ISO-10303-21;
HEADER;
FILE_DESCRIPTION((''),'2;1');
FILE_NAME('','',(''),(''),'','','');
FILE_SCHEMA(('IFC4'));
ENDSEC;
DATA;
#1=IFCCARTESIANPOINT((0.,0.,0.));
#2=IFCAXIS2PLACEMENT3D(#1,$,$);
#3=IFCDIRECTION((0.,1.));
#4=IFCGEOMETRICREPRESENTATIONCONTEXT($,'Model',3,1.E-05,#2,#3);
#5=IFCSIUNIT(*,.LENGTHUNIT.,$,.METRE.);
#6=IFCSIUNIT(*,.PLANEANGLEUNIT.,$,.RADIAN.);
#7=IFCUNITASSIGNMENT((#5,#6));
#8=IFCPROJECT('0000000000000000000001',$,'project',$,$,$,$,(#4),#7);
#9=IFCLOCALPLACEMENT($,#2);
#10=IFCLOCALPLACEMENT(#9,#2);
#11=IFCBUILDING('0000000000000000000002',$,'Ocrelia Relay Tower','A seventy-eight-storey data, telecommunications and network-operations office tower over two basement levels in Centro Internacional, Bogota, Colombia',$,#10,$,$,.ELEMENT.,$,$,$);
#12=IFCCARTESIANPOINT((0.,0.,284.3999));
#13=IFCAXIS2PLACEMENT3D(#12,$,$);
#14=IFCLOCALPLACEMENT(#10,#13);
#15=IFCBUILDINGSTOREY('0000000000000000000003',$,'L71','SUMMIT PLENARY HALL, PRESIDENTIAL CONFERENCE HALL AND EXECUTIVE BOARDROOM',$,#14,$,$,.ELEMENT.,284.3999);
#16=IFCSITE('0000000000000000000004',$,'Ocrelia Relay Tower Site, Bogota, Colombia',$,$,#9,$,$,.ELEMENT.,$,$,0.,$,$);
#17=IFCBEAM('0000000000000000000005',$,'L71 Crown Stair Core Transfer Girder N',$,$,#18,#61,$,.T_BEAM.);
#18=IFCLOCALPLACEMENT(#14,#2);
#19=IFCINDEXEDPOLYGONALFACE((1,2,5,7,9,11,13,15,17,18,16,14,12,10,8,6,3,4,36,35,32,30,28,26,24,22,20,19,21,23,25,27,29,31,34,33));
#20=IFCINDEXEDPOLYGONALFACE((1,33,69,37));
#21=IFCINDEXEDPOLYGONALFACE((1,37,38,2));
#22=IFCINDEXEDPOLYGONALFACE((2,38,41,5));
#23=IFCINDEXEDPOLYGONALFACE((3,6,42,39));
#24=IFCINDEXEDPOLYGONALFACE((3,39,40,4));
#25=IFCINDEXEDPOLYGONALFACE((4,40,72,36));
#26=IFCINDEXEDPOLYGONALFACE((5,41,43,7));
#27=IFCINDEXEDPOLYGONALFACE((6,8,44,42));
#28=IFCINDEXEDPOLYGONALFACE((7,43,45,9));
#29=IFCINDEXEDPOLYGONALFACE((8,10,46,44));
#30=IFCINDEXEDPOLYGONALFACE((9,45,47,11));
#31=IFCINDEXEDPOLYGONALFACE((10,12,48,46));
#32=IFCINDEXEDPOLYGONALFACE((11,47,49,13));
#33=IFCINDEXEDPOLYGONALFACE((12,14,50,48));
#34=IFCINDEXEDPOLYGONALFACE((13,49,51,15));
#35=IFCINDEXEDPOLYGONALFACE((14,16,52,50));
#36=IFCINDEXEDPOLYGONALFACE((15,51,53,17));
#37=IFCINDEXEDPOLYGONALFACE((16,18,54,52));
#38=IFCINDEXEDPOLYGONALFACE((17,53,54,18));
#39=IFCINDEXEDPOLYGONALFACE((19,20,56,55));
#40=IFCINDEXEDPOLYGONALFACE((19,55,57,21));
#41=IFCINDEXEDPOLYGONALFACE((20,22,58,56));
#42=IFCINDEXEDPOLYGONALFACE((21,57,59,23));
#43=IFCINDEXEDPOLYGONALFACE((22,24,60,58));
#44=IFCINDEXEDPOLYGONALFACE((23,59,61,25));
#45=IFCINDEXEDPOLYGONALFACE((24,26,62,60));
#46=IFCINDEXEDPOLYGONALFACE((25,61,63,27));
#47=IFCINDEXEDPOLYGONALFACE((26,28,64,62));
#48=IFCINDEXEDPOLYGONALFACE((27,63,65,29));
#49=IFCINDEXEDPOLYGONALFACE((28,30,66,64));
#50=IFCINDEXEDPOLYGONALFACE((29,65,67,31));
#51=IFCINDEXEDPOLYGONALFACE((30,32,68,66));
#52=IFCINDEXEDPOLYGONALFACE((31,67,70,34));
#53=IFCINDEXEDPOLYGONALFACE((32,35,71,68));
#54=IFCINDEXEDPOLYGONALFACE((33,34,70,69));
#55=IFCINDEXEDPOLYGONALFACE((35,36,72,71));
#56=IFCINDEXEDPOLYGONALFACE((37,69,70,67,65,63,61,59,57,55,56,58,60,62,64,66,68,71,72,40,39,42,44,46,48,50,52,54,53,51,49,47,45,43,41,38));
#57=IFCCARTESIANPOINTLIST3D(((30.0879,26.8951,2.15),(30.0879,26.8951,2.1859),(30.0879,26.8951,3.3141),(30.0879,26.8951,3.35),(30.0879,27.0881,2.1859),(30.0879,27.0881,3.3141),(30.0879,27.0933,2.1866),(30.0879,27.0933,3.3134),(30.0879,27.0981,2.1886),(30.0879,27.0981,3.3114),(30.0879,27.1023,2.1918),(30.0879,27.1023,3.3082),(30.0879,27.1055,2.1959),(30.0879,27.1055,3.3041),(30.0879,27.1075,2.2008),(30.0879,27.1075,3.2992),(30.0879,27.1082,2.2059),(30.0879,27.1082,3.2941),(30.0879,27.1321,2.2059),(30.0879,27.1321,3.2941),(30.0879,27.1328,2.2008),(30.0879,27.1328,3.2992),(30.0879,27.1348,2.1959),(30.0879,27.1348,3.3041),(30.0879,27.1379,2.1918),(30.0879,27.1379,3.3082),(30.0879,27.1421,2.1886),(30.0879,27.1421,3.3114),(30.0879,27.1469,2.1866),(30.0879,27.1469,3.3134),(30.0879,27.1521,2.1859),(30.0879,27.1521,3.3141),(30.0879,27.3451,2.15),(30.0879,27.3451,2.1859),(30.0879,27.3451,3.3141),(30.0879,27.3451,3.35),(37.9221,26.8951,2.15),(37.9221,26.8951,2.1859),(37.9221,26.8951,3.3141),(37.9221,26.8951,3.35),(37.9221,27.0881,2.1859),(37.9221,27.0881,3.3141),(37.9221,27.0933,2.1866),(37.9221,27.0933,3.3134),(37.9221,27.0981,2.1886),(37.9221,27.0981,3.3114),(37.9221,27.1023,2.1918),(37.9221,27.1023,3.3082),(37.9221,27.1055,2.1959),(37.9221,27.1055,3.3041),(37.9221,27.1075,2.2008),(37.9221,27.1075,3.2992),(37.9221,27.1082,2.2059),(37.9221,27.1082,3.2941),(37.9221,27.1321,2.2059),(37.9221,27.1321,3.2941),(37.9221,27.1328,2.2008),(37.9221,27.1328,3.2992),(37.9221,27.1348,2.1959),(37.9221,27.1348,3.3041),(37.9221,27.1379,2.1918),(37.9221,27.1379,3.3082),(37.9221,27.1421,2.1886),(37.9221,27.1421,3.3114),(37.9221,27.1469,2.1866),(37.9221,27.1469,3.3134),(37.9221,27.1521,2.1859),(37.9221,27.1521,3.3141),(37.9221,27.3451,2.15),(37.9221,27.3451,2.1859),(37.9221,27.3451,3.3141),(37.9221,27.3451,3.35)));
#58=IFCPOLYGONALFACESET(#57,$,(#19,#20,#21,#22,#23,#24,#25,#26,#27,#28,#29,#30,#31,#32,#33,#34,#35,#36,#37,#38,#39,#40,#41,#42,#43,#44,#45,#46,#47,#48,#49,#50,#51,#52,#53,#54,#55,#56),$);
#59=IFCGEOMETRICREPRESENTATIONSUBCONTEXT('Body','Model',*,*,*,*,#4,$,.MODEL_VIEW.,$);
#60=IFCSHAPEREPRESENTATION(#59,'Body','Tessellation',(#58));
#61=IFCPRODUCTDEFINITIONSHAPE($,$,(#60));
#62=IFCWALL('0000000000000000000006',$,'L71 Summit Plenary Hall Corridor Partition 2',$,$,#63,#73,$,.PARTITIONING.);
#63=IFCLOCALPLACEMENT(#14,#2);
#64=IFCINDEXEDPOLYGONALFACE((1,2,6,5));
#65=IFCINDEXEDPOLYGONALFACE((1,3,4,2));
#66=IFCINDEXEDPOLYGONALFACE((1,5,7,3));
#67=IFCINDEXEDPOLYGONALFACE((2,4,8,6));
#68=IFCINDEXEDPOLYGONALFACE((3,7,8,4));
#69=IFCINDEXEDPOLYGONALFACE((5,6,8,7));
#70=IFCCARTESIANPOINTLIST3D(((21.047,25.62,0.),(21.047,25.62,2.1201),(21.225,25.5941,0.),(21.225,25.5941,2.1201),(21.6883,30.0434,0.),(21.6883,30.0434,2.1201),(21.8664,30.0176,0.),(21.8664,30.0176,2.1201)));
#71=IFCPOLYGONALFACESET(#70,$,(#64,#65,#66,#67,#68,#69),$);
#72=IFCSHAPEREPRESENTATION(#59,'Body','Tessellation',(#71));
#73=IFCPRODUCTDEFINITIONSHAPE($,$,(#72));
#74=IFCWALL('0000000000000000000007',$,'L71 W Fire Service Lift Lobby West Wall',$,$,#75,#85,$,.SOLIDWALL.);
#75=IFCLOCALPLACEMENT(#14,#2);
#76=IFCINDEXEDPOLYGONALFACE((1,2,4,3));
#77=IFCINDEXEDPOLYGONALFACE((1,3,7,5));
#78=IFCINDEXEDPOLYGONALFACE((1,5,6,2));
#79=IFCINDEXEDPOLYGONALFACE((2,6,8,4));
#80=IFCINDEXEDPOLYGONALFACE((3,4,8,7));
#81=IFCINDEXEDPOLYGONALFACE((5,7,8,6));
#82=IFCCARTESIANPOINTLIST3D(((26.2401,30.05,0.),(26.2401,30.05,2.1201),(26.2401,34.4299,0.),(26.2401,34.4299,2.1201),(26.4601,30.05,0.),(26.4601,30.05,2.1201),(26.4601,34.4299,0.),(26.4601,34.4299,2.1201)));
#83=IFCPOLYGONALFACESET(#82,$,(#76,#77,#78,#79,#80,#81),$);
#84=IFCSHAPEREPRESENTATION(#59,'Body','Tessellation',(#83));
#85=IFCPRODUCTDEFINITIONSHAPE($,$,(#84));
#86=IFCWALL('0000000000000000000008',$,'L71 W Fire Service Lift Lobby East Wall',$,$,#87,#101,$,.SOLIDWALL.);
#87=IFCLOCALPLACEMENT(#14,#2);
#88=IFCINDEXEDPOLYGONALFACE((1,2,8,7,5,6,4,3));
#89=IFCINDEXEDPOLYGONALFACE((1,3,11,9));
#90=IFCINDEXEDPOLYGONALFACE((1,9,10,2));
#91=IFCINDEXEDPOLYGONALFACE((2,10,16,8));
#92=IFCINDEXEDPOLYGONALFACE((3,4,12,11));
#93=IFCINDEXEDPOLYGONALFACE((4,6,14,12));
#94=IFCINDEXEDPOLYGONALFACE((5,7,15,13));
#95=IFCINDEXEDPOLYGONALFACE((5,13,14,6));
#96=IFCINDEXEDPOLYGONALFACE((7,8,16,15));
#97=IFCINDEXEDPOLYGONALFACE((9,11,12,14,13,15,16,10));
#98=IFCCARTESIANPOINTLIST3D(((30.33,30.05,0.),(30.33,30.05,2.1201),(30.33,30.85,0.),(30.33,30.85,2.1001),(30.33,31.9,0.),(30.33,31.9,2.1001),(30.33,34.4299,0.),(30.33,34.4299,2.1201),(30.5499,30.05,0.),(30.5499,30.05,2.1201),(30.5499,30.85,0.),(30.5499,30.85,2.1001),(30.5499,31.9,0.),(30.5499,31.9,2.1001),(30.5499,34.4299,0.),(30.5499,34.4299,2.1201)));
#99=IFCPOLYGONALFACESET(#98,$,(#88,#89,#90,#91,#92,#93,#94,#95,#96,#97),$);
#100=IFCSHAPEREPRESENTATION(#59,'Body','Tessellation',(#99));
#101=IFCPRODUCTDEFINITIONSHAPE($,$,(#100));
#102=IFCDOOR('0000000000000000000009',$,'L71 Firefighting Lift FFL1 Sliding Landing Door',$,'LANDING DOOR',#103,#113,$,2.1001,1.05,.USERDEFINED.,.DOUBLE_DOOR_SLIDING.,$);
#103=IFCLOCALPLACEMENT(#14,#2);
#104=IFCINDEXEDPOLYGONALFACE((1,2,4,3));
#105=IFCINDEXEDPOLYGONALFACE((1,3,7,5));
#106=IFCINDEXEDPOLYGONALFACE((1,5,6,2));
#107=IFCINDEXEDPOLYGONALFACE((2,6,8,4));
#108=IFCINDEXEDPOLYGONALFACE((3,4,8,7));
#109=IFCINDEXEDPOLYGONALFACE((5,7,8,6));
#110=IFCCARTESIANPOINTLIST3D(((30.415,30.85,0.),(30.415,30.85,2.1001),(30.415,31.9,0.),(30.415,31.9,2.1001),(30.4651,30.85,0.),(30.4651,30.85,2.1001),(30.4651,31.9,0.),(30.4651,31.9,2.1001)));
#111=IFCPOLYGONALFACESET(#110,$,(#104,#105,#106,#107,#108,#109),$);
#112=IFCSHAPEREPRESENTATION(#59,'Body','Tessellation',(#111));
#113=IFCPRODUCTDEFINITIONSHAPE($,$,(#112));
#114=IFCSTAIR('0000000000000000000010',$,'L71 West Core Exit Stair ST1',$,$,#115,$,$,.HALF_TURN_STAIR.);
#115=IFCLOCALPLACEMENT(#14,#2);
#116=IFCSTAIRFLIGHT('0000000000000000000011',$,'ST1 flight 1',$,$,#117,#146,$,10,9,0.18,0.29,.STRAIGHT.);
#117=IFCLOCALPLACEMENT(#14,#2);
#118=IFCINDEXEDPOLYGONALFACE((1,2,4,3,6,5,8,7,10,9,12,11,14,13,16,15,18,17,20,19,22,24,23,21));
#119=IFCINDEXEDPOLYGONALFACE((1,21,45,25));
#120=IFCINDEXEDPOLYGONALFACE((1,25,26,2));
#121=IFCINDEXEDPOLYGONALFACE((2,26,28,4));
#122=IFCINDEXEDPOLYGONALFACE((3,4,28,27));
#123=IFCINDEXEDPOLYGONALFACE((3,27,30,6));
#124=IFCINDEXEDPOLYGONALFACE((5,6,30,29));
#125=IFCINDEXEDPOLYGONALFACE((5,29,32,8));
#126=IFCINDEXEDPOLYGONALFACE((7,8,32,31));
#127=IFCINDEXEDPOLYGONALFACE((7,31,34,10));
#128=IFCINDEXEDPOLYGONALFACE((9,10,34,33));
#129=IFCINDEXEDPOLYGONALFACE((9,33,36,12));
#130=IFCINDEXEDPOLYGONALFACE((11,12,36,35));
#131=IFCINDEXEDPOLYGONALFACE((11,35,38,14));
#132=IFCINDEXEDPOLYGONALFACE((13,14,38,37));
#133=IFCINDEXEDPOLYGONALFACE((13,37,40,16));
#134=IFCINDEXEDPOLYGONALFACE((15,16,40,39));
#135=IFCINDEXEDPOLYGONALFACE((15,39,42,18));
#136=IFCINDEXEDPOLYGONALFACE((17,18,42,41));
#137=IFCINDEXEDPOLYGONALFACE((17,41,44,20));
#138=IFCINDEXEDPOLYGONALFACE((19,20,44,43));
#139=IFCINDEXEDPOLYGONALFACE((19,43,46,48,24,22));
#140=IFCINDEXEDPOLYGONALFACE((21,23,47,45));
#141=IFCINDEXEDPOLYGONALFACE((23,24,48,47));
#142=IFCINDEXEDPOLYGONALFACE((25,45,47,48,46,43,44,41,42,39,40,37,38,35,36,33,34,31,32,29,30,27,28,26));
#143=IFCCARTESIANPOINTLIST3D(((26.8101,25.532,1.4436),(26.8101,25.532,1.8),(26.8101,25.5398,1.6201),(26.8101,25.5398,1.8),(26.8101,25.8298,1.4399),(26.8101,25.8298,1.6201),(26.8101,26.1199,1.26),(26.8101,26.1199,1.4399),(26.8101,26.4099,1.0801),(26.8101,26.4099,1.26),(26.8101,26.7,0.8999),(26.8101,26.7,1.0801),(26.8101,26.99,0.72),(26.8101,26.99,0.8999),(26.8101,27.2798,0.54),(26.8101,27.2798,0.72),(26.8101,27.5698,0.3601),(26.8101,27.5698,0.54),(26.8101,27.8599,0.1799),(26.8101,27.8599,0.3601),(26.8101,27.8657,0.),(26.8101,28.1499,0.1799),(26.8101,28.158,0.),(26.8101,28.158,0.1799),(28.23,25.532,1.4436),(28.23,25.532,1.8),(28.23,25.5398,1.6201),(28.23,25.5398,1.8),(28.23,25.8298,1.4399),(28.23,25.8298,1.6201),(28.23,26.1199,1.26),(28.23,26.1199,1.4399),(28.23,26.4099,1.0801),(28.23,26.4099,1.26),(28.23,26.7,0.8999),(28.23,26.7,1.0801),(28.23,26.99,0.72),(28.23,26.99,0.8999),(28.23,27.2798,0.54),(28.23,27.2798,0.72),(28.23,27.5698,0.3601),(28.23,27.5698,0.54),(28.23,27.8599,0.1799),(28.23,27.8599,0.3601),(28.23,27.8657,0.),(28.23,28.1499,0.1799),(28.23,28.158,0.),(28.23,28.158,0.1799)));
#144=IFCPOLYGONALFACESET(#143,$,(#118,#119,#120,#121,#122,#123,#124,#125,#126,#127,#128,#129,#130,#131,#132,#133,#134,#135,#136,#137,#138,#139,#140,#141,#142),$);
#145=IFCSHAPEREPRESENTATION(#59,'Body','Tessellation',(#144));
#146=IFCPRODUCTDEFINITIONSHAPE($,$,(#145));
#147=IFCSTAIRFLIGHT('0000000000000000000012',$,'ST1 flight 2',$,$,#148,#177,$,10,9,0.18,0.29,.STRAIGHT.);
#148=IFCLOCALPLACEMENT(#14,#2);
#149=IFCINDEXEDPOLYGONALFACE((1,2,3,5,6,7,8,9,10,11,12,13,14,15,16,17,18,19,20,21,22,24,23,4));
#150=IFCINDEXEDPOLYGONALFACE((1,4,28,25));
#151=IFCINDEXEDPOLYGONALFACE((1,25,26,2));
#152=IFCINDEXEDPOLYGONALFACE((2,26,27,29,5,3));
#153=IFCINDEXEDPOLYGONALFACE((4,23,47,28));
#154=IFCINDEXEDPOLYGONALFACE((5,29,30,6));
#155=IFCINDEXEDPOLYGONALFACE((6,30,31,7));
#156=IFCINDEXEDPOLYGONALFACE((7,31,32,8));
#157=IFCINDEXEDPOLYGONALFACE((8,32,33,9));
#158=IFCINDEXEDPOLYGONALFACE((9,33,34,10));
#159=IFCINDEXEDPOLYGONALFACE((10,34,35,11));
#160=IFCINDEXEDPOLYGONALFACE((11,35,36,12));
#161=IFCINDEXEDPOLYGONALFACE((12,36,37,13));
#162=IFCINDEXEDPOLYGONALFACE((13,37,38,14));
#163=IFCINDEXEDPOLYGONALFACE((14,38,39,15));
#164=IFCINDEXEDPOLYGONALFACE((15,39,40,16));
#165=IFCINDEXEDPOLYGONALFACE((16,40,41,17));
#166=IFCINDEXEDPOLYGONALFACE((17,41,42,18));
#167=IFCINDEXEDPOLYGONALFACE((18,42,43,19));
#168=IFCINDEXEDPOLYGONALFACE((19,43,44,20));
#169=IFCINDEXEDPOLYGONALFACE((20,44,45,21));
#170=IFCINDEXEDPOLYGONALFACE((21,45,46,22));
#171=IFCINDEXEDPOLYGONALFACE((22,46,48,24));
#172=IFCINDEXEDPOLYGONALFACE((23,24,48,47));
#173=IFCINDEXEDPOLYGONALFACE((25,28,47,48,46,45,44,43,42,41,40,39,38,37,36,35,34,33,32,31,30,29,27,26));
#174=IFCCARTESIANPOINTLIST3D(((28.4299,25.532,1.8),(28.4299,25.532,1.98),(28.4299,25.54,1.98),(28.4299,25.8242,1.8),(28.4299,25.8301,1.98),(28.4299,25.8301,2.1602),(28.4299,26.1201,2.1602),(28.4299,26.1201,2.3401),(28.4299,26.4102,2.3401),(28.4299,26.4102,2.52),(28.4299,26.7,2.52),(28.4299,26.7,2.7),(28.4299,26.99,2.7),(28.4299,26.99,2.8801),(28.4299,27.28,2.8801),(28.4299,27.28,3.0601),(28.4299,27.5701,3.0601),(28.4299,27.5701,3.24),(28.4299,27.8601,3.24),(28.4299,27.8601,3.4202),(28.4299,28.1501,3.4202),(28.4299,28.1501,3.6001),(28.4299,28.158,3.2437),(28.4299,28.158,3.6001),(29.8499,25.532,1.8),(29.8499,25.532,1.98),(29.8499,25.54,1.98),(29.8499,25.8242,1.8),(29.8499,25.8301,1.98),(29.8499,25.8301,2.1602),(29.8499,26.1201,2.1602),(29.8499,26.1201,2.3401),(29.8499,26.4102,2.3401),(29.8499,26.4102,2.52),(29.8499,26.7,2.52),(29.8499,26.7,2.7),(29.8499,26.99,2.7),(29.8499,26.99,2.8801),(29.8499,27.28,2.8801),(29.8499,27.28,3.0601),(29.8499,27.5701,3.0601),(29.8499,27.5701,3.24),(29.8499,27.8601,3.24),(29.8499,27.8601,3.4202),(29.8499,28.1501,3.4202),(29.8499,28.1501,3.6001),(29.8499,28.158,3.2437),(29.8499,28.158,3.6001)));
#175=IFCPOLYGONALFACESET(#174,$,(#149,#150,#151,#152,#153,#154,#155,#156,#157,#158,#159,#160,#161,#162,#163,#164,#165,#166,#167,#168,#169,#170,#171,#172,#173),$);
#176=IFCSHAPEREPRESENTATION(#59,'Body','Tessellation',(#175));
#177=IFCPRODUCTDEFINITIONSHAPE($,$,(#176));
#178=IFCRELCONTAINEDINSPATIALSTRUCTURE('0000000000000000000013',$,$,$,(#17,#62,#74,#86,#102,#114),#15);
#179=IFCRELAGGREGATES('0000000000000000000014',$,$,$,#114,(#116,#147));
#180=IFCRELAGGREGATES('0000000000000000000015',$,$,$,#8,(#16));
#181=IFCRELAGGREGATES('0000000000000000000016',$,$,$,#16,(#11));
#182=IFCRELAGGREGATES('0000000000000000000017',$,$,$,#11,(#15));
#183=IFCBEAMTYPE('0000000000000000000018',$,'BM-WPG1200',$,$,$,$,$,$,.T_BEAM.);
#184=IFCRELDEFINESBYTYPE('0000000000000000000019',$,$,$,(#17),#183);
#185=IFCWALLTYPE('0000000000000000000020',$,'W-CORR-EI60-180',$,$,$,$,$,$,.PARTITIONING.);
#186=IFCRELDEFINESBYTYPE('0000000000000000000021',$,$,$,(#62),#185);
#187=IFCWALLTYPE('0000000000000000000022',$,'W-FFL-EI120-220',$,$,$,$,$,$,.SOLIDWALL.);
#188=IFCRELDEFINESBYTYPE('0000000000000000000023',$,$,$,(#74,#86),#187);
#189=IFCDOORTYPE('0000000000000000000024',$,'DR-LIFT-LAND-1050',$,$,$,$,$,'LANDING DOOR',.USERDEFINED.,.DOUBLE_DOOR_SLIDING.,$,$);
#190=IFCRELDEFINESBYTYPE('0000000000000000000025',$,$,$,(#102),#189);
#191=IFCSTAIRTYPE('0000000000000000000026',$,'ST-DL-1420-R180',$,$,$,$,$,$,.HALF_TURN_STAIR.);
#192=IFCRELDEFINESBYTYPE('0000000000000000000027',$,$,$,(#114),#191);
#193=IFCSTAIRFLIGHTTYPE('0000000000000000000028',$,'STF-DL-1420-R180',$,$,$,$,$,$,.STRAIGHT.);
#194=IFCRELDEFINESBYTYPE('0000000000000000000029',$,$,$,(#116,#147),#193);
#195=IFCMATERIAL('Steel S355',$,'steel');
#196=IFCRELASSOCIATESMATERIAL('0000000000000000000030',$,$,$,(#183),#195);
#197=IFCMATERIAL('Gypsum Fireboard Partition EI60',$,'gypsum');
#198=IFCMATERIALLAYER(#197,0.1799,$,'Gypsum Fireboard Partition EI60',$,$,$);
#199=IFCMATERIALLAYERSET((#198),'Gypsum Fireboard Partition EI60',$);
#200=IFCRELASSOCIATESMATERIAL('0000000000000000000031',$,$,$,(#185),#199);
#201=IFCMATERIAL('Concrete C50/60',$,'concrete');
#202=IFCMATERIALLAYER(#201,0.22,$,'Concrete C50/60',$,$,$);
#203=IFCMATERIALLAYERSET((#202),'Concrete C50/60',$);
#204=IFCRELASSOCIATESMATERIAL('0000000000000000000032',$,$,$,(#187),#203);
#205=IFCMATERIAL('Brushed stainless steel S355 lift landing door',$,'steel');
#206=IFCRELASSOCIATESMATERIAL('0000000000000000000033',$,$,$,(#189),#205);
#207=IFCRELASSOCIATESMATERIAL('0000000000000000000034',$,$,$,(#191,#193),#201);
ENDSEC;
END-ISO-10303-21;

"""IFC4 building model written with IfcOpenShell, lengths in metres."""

from ifc_helpers import new_model, si_unit, direction, frame, frame_2d, origin, origin_2d, place, context, subcontext, project, spatial, polyline, rectangle, i_section, outline, extrude, material, layer, layer_set, material_profile, profile_set, type_object, element, fill, aggregate, save


model = new_model("IFC4")

# Units and contexts
model_context = context("Model", 3, precision=1e-05, world=origin(), true_north=direction((0.0, 1.0)))
body_context = subcontext(model_context, "Body", "Model", "MODEL_VIEW")
ifc_project = project(units=[si_unit("LENGTHUNIT", "METRE"), si_unit("PLANEANGLEUNIT", "RADIAN")], contexts=[model_context])

# Site, building, storey
site_placement = place(None, origin())
site = spatial("IfcSite", under=ifc_project, at=site_placement, Name="Ocrelia Relay Tower Site, Bogota, Colombia", CompositionType="ELEMENT", RefElevation=0.0)
building_placement = place(site_placement, origin())
building = spatial("IfcBuilding", under=site, at=building_placement, Name="Ocrelia Relay Tower", Description="A seventy-eight-storey data, telecommunications and network-operations office tower over two basement levels in Centro Internacional, Bogota, Colombia", CompositionType="ELEMENT")
storey_placement = place(building_placement, frame((0.0, 0.0, 284.3999)))
storey = spatial("IfcBuildingStorey", under=building, at=storey_placement, Name="L71", Description="SUMMIT PLENARY HALL, PRESIDENTIAL CONFERENCE HALL AND EXECUTIVE BOARDROOM", CompositionType="ELEMENT", Elevation=284.3999)

# Beam
ifc_material_1 = material(Name="Steel S355", Category="steel")
ifc_material_profile_1 = material_profile(ifc_material_1, i_section(OverallWidth=0.45, OverallDepth=1.2, WebThickness=0.0239, FlangeThickness=0.0359, FilletRadius=0.02, at=origin_2d()), Name="WPG 1200x450")
ifc_profile_set_1 = profile_set([ifc_material_profile_1], Name="Steel S355")
beam_type_1 = type_object("IfcBeamType", Name="BM-WPG1200", PredefinedType="T_BEAM", material=ifc_profile_set_1)
beam_1_placement = place(storey_placement, frame((30.0879, 27.1201, 2.75), z_axis=(1.0, 0.0, 0.0), x_axis=(0.0, 1.0, 0.0)))
element("IfcBeam", 1, at=beam_1_placement, inside=storey, type_object=beam_type_1, Name="L71 Crown Stair Core Transfer Girder N", PredefinedType="T_BEAM", context=body_context, shape_type="SweptSolid", body=[
    extrude(i_section(OverallWidth=0.45, OverallDepth=1.2, WebThickness=0.0239, FlangeThickness=0.0359, FilletRadius=0.02, at=origin_2d()), origin(), (0.0, 0.0, 1.0), 7.8342),
])

# Shared definitions
ifc_material_2 = material(Name="Concrete C50/60", Category="concrete")

# Walls
ifc_material_3 = material(Name="Gypsum Fireboard Partition EI60", Category="gypsum")
ifc_layer_1 = layer(ifc_material_3, 0.1799, Name="Gypsum Fireboard Partition EI60")
ifc_layer_set_1 = layer_set([ifc_layer_1], Name="Gypsum Fireboard Partition EI60")
wall_type_1 = type_object("IfcWallType", Name="W-CORR-EI60-180", PredefinedType="PARTITIONING", material=ifc_layer_set_1)
wall_1_placement = place(storey_placement, frame((21.7773, 30.0305, 0.0), z_axis=(0.0, 0.0, 1.0), x_axis=(-0.143486, -0.989652, 0.0)))
element("IfcWall", 2, at=wall_1_placement, inside=storey, type_object=wall_type_1, Name="L71 Summit Plenary Hall Corridor Partition 2", PredefinedType="PARTITIONING", context=body_context, shape_type="SweptSolid", body=[
    extrude(rectangle(XDim=4.4697, YDim=0.1799, at=frame_2d((2.2349, 0.0))), origin(), (0.0, 0.0, 1.0), 2.1201),
])
ifc_layer_2 = layer(ifc_material_2, 0.22, Name="Concrete C50/60")
ifc_layer_set_2 = layer_set([ifc_layer_2], Name="Concrete C50/60")
wall_type_2 = type_object("IfcWallType", Name="W-FFL-EI120-220", PredefinedType="SOLIDWALL", material=ifc_layer_set_2)
wall_2_placement = place(storey_placement, frame((26.3501, 30.05, 0.0), z_axis=(0.0, 0.0, 1.0), x_axis=(0.0, 1.0, 0.0)))
element("IfcWall", 3, at=wall_2_placement, inside=storey, type_object=wall_type_2, Name="L71 W Fire Service Lift Lobby West Wall", PredefinedType="SOLIDWALL", context=body_context, shape_type="SweptSolid", body=[
    extrude(rectangle(XDim=4.3799, YDim=0.22, at=frame_2d((2.1899, 0.0))), origin(), (0.0, 0.0, 1.0), 2.1201),
])

# Wall, opening, door
wall_3_placement = place(storey_placement, frame((30.4399, 30.05, 0.0), z_axis=(0.0, 0.0, 1.0), x_axis=(0.0, 1.0, 0.0)))
wall_3 = element("IfcWall", 4, at=wall_3_placement, inside=storey, type_object=wall_type_2, Name="L71 W Fire Service Lift Lobby East Wall", PredefinedType="SOLIDWALL", context=body_context, shape_type="SweptSolid", body=[
    extrude(rectangle(XDim=4.3799, YDim=0.22, at=frame_2d((2.1899, 0.0))), origin(), (0.0, 0.0, 1.0), 2.1201),
])
opening_1_placement = place(wall_3_placement, frame((0.8, 0.0, 0.0)))
opening_1 = element("IfcOpeningElement", 5, at=opening_1_placement, cuts=wall_3, PredefinedType="OPENING", context=body_context, shape_type="SweptSolid", body=[
    extrude(rectangle(XDim=1.05, YDim=2.1001, at=frame_2d((0.5249, 1.05))), frame((0.0, 0.1201, 0.0), z_axis=(0.0, -1.0, 0.0), x_axis=(1.0, 0.0, 0.0)), (0.0, 0.0, 1.0), 0.24),
])
ifc_material_4 = material(Name="Brushed stainless steel S355 lift landing door", Category="steel")
door_type_1 = type_object("IfcDoorType", Name="DR-LIFT-LAND-1050", ElementType="LANDING DOOR", OperationType="DOUBLE_DOOR_SLIDING", PredefinedType="USERDEFINED", material=ifc_material_4)
door_1_placement = place(opening_1_placement, origin())
door_1 = element("IfcDoor", 6, at=door_1_placement, inside=storey, type_object=door_type_1, Name="L71 Firefighting Lift FFL1 Sliding Landing Door", ObjectType="LANDING DOOR", OperationType="DOUBLE_DOOR_SLIDING", OverallHeight=2.1001, OverallWidth=1.05, PredefinedType="USERDEFINED", context=body_context, shape_type="SweptSolid", body=[
    extrude(rectangle(XDim=1.05, YDim=2.1001, at=frame_2d((0.5249, 1.05))), frame((0.0, 0.0249, 0.0), z_axis=(0.0, -1.0, 0.0), x_axis=(1.0, 0.0, 0.0)), (0.0, 0.0, 1.0), 0.05),
])
fill(opening_1, door_1)

# Stair, stair flights
stair_type = type_object("IfcStairType", Name="ST-DL-1420-R180", PredefinedType="HALF_TURN_STAIR", material=ifc_material_2)
stair_placement = place(storey_placement, origin())
stair = element("IfcStair", 7, at=stair_placement, inside=storey, type_object=stair_type, Name="L71 West Core Exit Stair ST1", PredefinedType="HALF_TURN_STAIR")
stair_flight_type = type_object("IfcStairFlightType", Name="STF-DL-1420-R180", PredefinedType="STRAIGHT", material=ifc_material_2)
stair_flight_1_placement = place(storey_placement, frame((27.52, 28.1499, 0.0), z_axis=(0.0, 0.0, 1.0), x_axis=(0.0, -1.0, 0.0)))
stair_flight_1 = element("IfcStairFlight", 8, at=stair_flight_1_placement, type_object=stair_flight_type, Name="ST1 flight 1", NumberOfRisers=10, NumberOfTreads=9, PredefinedType="STRAIGHT", RiserHeight=0.18, TreadLength=0.29, context=body_context, shape_type="SweptSolid", body=[
    extrude(outline(polyline([(-0.0081, 0.0), (-0.0081, 0.1799), (0.0, 0.1799), (0.29, 0.1799), (0.29, 0.3601), (0.5801, 0.3601), (0.5801, 0.54), (0.8701, 0.54), (0.8701, 0.72), (1.1599, 0.72), (1.1599, 0.8999), (1.45, 0.8999), (1.45, 1.0801), (1.74, 1.0801), (1.74, 1.26), (2.03, 1.26), (2.03, 1.4399), (2.3201, 1.4399), (2.3201, 1.6201), (2.6101, 1.6201), (2.6101, 1.8), (2.6179, 1.8), (2.6179, 1.4436), (0.2842, 0.0), (-0.0081, 0.0)])), frame((0.0, 0.71, 0.0), z_axis=(0.0, -1.0, 0.0), x_axis=(1.0, 0.0, 0.0)), (0.0, 0.0, 1.0), 1.4199),
])
stair_flight_2_placement = place(storey_placement, frame((29.1399, 25.54, 1.8), z_axis=(0.0, 0.0, 1.0), x_axis=(0.0, 1.0, 0.0)))
stair_flight_2 = element("IfcStairFlight", 9, at=stair_flight_2_placement, type_object=stair_flight_type, Name="ST1 flight 2", NumberOfRisers=10, NumberOfTreads=9, PredefinedType="STRAIGHT", RiserHeight=0.18, TreadLength=0.29, context=body_context, shape_type="SweptSolid", body=[
    extrude(outline(polyline([(-0.0081, 0.0), (-0.0081, 0.1799), (0.0, 0.1799), (0.29, 0.1799), (0.29, 0.3601), (0.5801, 0.3601), (0.5801, 0.54), (0.8701, 0.54), (0.8701, 0.72), (1.1599, 0.72), (1.1599, 0.8999), (1.45, 0.8999), (1.45, 1.0801), (1.74, 1.0801), (1.74, 1.26), (2.03, 1.26), (2.03, 1.4399), (2.3201, 1.4399), (2.3201, 1.6201), (2.6101, 1.6201), (2.6101, 1.8), (2.6179, 1.8), (2.6179, 1.4436), (0.2842, 0.0), (-0.0081, 0.0)])), frame((0.0, 0.71, 0.0), z_axis=(0.0, -1.0, 0.0), x_axis=(1.0, 0.0, 0.0)), (0.0, 0.0, 1.0), 1.4199),
])
aggregate(stair, [stair_flight_1, stair_flight_2])

save(model, "model.ifc")
